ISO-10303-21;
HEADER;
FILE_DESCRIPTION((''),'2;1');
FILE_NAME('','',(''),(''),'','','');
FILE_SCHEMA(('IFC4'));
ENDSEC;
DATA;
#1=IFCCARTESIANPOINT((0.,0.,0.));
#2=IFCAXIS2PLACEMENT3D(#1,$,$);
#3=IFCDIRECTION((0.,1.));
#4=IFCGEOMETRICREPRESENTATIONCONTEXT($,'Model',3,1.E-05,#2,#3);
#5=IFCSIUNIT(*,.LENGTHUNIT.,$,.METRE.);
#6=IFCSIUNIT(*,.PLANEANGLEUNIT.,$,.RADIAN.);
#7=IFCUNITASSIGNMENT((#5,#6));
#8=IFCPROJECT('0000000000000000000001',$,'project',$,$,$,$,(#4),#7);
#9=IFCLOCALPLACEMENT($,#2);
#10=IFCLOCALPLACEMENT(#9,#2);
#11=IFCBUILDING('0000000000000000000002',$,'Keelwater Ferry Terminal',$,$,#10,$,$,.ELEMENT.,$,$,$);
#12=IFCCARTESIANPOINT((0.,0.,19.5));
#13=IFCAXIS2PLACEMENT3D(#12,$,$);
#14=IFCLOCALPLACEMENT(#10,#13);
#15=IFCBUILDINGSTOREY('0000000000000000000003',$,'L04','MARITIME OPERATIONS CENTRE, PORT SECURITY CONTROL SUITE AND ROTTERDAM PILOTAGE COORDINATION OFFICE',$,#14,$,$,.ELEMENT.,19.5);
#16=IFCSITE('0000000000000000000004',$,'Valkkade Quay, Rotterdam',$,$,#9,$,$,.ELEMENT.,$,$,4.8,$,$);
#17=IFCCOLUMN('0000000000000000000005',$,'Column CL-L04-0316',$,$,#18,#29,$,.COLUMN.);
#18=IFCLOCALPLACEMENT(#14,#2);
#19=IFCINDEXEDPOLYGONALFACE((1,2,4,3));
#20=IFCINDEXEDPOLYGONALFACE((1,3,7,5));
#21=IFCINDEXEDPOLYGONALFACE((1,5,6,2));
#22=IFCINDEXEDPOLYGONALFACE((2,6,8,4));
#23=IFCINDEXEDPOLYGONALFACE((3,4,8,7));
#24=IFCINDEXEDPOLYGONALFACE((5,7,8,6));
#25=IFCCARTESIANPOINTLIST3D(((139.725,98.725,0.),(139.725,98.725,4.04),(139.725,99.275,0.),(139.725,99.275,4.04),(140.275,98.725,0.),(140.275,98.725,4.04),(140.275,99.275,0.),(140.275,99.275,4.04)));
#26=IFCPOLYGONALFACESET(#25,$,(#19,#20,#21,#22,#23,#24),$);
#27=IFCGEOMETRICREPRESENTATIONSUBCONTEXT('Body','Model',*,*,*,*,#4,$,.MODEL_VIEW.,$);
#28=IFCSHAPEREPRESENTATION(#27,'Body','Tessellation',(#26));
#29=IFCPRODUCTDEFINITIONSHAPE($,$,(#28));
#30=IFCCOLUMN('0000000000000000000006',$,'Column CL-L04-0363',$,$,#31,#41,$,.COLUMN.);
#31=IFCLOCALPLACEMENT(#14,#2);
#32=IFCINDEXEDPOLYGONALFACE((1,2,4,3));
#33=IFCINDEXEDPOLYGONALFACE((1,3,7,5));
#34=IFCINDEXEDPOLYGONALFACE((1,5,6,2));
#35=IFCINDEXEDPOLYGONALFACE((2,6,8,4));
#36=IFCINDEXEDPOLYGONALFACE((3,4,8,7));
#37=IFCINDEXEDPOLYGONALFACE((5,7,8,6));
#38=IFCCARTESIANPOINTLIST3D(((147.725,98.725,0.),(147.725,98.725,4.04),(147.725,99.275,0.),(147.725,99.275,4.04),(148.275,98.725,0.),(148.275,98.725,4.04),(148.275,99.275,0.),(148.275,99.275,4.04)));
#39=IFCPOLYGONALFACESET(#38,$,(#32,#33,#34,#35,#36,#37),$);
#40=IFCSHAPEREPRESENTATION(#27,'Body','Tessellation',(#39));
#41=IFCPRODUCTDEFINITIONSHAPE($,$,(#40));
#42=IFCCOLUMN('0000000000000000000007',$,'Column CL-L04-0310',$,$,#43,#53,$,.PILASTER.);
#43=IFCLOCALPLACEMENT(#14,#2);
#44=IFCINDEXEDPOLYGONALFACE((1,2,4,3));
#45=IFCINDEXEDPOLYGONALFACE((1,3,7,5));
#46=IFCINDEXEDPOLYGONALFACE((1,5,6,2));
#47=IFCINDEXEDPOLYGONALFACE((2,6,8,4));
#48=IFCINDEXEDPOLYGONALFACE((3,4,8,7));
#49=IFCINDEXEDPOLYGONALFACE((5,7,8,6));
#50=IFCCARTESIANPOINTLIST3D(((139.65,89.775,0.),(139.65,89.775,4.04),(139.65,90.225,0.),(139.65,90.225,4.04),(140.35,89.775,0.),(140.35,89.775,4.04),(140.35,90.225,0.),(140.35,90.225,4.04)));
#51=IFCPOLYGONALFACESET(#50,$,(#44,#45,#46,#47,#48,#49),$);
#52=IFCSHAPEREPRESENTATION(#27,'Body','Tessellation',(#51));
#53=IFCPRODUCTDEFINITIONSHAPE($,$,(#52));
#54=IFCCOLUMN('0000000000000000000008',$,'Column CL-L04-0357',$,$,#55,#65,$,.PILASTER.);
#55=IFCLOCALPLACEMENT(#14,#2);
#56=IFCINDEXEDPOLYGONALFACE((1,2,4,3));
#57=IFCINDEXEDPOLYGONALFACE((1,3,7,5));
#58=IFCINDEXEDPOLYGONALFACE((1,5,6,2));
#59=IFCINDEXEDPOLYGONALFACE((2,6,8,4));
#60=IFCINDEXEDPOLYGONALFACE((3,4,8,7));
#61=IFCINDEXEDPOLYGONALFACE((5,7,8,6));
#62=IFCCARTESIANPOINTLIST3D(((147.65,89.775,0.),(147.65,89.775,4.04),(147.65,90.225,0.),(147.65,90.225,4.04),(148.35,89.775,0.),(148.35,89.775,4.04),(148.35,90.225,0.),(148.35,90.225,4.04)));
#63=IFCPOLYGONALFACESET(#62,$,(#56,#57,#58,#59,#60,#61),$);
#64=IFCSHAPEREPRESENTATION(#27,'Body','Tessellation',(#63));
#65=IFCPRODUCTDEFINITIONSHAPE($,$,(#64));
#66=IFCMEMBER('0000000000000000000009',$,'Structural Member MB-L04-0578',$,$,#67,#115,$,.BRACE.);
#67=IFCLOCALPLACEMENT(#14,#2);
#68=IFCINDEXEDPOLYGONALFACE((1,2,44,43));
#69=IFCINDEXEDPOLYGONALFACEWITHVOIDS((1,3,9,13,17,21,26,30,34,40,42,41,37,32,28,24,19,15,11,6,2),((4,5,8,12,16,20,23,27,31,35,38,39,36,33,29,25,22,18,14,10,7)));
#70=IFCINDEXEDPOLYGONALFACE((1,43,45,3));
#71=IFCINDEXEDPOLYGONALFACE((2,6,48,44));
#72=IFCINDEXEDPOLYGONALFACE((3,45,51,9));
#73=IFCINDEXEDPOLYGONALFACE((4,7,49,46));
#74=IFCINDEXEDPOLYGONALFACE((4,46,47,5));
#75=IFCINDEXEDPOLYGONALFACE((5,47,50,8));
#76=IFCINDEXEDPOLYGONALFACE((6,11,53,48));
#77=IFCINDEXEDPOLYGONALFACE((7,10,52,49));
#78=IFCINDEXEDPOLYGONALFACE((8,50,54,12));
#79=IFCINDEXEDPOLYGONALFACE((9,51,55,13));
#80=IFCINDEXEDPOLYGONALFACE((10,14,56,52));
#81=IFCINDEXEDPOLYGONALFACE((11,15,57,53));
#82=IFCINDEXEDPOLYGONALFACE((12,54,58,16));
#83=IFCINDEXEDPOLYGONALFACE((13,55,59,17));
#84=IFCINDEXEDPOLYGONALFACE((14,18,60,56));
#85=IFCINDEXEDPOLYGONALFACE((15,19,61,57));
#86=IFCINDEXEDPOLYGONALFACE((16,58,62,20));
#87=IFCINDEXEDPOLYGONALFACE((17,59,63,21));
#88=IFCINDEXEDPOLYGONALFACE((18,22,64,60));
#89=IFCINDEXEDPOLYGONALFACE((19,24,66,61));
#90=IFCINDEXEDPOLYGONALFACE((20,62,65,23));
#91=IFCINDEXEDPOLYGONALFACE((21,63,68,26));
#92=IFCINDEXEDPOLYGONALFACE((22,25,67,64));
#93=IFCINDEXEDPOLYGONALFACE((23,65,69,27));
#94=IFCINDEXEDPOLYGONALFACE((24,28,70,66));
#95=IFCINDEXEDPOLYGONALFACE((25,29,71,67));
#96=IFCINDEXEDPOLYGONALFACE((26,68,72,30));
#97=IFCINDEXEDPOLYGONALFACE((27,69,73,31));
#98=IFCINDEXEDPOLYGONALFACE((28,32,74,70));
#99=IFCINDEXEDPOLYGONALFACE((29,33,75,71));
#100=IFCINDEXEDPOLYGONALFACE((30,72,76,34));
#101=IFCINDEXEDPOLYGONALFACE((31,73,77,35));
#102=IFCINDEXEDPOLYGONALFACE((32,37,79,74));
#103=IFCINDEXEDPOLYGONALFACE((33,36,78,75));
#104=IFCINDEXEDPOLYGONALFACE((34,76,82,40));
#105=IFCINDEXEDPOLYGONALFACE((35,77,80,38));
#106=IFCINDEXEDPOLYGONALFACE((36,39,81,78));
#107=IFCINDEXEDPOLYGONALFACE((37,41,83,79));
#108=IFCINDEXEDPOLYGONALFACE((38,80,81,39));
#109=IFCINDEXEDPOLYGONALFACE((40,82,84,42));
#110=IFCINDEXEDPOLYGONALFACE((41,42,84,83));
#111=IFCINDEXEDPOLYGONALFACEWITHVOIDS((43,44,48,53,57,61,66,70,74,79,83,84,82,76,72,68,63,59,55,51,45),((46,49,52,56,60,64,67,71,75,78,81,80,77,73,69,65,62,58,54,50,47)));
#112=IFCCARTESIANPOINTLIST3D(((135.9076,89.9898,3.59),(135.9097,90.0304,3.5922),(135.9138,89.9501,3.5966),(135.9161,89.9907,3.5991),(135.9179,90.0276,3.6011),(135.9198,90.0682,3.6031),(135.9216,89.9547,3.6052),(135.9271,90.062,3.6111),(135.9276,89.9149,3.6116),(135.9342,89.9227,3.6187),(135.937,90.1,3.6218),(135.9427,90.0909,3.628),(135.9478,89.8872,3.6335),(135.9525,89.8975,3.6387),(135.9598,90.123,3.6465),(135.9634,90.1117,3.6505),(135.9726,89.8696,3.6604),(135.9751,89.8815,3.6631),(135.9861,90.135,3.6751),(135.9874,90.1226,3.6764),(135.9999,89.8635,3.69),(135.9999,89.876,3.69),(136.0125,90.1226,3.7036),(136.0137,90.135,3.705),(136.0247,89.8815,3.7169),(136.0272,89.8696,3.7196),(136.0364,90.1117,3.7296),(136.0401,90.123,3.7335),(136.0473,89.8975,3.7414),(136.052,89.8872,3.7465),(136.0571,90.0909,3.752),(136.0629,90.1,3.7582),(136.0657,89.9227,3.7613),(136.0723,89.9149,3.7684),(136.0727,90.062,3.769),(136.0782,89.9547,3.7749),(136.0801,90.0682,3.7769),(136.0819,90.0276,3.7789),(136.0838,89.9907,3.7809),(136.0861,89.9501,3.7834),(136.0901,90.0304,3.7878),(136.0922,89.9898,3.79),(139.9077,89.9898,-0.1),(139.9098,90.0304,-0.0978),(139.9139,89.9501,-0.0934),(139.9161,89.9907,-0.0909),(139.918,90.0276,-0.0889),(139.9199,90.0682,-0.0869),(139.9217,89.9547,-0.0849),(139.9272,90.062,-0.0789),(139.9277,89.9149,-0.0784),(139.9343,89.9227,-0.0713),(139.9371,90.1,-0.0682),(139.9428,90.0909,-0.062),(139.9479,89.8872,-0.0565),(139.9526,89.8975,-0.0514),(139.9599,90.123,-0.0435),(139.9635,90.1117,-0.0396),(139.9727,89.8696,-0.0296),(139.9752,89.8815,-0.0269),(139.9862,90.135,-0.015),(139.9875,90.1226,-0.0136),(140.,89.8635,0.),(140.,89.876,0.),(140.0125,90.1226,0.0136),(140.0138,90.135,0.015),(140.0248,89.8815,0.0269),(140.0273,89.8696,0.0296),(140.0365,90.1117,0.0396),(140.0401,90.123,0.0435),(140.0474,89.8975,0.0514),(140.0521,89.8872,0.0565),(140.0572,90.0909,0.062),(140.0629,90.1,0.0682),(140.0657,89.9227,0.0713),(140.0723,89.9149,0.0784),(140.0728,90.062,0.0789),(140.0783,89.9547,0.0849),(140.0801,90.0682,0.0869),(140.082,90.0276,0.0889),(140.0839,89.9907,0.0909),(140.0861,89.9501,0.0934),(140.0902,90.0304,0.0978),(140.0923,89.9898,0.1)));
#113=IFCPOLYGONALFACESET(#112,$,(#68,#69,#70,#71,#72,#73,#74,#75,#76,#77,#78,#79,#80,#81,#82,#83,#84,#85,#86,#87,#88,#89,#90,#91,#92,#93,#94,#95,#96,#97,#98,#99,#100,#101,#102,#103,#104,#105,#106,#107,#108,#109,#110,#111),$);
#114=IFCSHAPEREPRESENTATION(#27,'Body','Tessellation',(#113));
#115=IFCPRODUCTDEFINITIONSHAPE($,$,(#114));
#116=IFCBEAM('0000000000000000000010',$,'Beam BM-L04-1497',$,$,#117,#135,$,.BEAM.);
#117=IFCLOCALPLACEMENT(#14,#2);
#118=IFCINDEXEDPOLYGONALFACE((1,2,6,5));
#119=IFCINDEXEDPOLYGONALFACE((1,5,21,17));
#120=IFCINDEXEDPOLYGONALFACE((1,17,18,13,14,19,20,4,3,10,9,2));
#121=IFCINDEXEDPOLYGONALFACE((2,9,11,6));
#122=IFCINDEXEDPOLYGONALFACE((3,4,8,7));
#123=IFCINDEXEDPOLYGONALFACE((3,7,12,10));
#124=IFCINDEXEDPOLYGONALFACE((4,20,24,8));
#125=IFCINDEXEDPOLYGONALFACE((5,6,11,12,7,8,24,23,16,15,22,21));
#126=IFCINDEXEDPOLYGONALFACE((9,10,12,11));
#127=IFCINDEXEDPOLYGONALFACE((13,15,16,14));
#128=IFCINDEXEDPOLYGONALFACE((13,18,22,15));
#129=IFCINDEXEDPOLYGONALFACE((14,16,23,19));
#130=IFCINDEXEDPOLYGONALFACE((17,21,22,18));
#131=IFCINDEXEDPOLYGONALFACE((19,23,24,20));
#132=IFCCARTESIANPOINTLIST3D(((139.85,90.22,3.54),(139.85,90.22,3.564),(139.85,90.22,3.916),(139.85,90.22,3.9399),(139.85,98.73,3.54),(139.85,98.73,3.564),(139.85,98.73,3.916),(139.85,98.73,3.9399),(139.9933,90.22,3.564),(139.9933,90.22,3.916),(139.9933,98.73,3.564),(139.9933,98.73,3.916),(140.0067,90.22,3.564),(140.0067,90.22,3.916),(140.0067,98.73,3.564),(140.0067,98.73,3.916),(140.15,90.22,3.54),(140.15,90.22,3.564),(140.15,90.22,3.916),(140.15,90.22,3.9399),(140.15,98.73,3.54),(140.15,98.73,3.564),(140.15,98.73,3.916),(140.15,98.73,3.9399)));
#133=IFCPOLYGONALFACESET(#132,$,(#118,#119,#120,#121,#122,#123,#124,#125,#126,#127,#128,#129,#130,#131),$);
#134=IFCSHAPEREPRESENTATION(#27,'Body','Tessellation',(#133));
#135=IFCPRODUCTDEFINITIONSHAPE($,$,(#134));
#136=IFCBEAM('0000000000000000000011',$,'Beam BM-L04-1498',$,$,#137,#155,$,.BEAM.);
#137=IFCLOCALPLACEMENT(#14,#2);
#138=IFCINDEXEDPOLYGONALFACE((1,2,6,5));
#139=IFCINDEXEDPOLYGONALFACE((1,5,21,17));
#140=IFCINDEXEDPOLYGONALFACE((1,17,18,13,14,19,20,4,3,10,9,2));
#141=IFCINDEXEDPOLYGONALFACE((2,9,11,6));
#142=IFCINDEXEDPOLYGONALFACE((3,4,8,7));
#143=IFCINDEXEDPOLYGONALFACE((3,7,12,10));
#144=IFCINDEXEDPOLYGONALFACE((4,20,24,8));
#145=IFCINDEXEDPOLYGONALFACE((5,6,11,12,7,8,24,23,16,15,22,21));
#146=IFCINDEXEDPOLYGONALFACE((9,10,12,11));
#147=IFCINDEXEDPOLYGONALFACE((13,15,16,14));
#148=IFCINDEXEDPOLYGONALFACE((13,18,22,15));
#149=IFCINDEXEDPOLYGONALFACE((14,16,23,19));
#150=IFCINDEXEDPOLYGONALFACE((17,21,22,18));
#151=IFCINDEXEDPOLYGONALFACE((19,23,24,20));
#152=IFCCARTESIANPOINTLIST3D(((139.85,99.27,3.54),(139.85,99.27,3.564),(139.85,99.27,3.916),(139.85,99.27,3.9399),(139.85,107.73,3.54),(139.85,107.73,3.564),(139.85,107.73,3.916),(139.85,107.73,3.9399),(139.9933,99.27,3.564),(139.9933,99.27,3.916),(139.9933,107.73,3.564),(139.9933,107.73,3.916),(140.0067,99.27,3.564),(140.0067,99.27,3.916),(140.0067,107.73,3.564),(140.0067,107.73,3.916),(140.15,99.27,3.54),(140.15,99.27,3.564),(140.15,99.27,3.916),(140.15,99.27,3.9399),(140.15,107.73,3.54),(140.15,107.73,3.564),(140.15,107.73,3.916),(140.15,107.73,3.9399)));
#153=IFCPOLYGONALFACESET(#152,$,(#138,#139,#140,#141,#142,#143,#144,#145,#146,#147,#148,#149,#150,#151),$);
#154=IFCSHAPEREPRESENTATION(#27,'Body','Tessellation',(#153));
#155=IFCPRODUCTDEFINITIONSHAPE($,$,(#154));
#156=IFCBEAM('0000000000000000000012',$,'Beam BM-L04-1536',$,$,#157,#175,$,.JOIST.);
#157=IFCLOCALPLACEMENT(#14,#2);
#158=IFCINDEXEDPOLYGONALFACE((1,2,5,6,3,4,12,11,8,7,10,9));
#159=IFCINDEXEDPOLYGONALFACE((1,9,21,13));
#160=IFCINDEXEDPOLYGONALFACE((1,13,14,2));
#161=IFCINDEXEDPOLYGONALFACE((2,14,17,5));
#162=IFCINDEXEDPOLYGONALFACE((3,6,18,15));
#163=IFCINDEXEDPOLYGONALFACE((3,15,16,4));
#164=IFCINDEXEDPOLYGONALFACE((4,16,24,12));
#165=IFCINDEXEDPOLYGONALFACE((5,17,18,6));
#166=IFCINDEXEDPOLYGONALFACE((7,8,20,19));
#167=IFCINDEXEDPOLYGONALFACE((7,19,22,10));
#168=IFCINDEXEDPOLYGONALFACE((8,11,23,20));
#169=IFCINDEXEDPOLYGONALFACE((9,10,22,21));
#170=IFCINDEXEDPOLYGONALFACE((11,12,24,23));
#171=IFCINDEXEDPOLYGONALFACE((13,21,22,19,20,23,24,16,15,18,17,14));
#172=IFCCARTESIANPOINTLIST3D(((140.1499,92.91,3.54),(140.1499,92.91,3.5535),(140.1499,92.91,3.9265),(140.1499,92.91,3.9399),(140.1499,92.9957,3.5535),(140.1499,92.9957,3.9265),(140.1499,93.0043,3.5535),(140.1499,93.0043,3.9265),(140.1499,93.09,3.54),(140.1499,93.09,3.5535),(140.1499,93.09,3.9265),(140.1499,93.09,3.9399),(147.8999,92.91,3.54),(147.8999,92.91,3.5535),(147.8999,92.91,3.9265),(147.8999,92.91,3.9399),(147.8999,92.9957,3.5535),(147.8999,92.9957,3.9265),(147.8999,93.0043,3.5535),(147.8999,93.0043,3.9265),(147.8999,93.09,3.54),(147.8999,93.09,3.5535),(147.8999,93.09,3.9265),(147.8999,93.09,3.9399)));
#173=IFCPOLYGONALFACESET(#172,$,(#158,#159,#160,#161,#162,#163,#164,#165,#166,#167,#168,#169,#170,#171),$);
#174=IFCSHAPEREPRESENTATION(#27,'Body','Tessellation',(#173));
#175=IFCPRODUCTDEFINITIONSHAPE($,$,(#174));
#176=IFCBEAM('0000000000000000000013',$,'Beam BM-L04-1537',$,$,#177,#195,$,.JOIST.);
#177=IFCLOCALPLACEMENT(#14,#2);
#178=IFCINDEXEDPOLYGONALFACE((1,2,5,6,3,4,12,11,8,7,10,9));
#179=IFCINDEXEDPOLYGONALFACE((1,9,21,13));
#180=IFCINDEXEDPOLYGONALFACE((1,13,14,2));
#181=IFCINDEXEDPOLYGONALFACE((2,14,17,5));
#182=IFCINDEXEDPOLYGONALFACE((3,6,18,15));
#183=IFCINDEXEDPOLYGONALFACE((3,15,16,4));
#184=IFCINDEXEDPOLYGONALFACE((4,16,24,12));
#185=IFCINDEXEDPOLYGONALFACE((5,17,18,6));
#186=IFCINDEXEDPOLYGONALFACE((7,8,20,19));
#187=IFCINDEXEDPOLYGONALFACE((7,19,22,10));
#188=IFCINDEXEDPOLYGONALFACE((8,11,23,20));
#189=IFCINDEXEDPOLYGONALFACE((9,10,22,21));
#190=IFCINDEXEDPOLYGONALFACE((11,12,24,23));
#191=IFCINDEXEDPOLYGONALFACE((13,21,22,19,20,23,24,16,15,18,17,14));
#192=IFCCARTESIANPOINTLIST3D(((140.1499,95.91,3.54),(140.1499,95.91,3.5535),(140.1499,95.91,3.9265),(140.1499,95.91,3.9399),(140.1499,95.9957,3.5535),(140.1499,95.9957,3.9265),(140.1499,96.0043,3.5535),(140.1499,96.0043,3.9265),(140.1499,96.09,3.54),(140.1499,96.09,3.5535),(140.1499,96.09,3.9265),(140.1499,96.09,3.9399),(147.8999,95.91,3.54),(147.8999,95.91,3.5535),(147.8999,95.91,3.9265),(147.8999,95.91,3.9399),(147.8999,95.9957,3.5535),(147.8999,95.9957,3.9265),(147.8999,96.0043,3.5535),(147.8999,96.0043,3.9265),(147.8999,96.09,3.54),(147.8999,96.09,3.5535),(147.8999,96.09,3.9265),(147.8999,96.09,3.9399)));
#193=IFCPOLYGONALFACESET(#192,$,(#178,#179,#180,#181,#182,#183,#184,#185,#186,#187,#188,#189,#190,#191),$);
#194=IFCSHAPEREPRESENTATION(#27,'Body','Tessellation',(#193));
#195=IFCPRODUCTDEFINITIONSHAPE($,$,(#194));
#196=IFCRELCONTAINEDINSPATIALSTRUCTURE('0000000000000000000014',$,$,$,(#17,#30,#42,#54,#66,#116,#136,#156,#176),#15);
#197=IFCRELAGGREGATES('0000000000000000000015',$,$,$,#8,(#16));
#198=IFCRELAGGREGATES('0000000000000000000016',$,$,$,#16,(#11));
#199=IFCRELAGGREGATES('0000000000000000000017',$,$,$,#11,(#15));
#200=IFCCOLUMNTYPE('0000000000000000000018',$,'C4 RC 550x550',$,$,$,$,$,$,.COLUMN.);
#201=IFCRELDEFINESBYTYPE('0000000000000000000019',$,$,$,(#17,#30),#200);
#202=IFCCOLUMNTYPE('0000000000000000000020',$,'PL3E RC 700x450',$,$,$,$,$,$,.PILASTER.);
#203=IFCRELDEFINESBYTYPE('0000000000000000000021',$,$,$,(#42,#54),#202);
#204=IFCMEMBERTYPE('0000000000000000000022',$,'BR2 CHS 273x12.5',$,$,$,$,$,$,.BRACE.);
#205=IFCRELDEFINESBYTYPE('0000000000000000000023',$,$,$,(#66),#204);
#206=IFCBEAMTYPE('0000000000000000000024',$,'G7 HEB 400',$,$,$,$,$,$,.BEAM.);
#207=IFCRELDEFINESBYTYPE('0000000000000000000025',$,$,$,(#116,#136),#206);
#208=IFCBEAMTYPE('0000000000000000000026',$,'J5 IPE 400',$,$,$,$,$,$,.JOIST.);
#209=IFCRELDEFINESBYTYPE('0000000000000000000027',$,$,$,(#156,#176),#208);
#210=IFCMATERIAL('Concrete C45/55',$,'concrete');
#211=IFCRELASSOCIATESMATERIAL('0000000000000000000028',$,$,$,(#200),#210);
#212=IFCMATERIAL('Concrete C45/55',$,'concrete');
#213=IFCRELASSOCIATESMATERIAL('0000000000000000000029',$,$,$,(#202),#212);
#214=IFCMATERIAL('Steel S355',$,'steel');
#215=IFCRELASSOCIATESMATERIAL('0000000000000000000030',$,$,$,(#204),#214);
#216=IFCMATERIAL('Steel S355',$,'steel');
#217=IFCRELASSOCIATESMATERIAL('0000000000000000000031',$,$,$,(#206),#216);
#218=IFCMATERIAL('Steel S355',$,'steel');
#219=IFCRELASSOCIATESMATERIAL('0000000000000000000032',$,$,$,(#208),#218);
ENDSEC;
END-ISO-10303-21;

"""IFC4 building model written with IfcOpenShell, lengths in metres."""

from ifc_helpers import new_model, si_unit, direction, frame, origin, origin_2d, place, context, subcontext, project, spatial, rectangle, hollow_circle, i_section, extrude, material, material_profile, profile_set, type_object, element, save


model = new_model("IFC4")

# Units and contexts
model_context = context("Model", 3, precision=1e-05, world=origin(), true_north=direction((0.0, 1.0)))
body_context = subcontext(model_context, "Body", "Model", "MODEL_VIEW")
ifc_project = project(units=[si_unit("LENGTHUNIT", "METRE"), si_unit("PLANEANGLEUNIT", "RADIAN")], contexts=[model_context])

# Site, building, storey
site_placement = place(None, origin())
site = spatial("IfcSite", under=ifc_project, at=site_placement, Name="Valkkade Quay, Rotterdam", CompositionType="ELEMENT", RefElevation=4.8)
building_placement = place(site_placement, origin())
building = spatial("IfcBuilding", under=site, at=building_placement, Name="Keelwater Ferry Terminal", CompositionType="ELEMENT")
storey_placement = place(building_placement, frame((0.0, 0.0, 19.5)))
storey = spatial("IfcBuildingStorey", under=building, at=storey_placement, Name="L04", Description="MARITIME OPERATIONS CENTRE, PORT SECURITY CONTROL SUITE AND ROTTERDAM PILOTAGE COORDINATION OFFICE", CompositionType="ELEMENT", Elevation=19.5)

# Columns
ifc_material_1 = material(Name="Concrete C45/55", Category="concrete")
ifc_material_profile_1 = material_profile(ifc_material_1, rectangle(XDim=0.55, YDim=0.55, at=origin_2d()), Name="RC 550x550")
ifc_profile_set_1 = profile_set([ifc_material_profile_1], Name="Concrete C45/55")
column_type_1 = type_object("IfcColumnType", Name="C4 RC 550x550", PredefinedType="COLUMN", material=ifc_profile_set_1)
for number, where, z_axis, x_axis, name in (
    (1, (140.0, 99.0, 0.0), (0.0, 0.0, 1.0), (1.0, 0.0, 0.0), "Column CL-L04-0316"),
    (2, (148.0, 99.0, 0.0), (0.0, 0.0, 1.0), (1.0, 0.0, 0.0), "Column CL-L04-0363"),
):
    element("IfcColumn", number, at=place(storey_placement, frame(where, z_axis=z_axis, x_axis=x_axis)), inside=storey, type_object=column_type_1, Name=name, PredefinedType="COLUMN", context=body_context, shape_type="SweptSolid", body=[
        extrude(rectangle(XDim=0.55, YDim=0.55, at=origin_2d()), origin(), (0.0, 0.0, 1.0), 4.04),
    ])
ifc_material_2 = material(Name="Concrete C45/55", Category="concrete")
ifc_material_profile_2 = material_profile(ifc_material_2, rectangle(XDim=0.45, YDim=0.7, at=origin_2d()), Name="RC 700x450")
ifc_profile_set_2 = profile_set([ifc_material_profile_2], Name="Concrete C45/55")
column_type_2 = type_object("IfcColumnType", Name="PL3E RC 700x450", PredefinedType="PILASTER", material=ifc_profile_set_2)
for number, where, z_axis, x_axis, name in (
    (3, (140.0, 90.0, 0.0), (0.0, 0.0, 1.0), (0.0, 1.0, 0.0), "Column CL-L04-0310"),
    (4, (148.0, 90.0, 0.0), (0.0, 0.0, 1.0), (0.0, 1.0, 0.0), "Column CL-L04-0357"),
):
    element("IfcColumn", number, at=place(storey_placement, frame(where, z_axis=z_axis, x_axis=x_axis)), inside=storey, type_object=column_type_2, Name=name, PredefinedType="PILASTER", context=body_context, shape_type="SweptSolid", body=[
        extrude(rectangle(XDim=0.45, YDim=0.7, at=origin_2d()), origin(), (0.0, 0.0, 1.0), 4.04),
    ])

# Member
ifc_material_3 = material(Name="Steel S355", Category="steel")
ifc_material_profile_3 = material_profile(ifc_material_3, hollow_circle(Radius=0.1365, WallThickness=0.0125, at=origin_2d()), Name="CHS 273x12.5")
ifc_profile_set_3 = profile_set([ifc_material_profile_3], Name="Steel S355")
member_type = type_object("IfcMemberType", Name="BR2 CHS 273x12.5", PredefinedType="BRACE", material=ifc_profile_set_3)
member_placement = place(storey_placement, frame((140.0, 90.0, 0.0), z_axis=(-0.73502, 0.0, 0.678045), x_axis=(0.0, -1.0, 0.0)))
element("IfcMember", 5, at=member_placement, inside=storey, type_object=member_type, Name="Structural Member MB-L04-0578", PredefinedType="BRACE", context=body_context, shape_type="SweptSolid", body=[
    extrude(hollow_circle(Radius=0.1365, WallThickness=0.0125, at=origin_2d()), origin(), (0.0, 0.0, 1.0), 5.4421),
])

# Beams
ifc_material_4 = material(Name="Steel S355", Category="steel")
ifc_material_profile_4 = material_profile(ifc_material_4, i_section(OverallWidth=0.3, OverallDepth=0.3999, WebThickness=0.0134, FlangeThickness=0.0239, at=origin_2d()), Name="HEB 400")
ifc_profile_set_4 = profile_set([ifc_material_profile_4], Name="Steel S355")
beam_type_1 = type_object("IfcBeamType", Name="G7 HEB 400", PredefinedType="BEAM", material=ifc_profile_set_4)
beam_1_placement = place(storey_placement, frame((140.0, 90.22, 3.74), z_axis=(0.0, 1.0, 0.0), x_axis=(-1.0, 0.0, 0.0)))
element("IfcBeam", 6, at=beam_1_placement, inside=storey, type_object=beam_type_1, Name="Beam BM-L04-1497", PredefinedType="BEAM", context=body_context, shape_type="SweptSolid", body=[
    extrude(i_section(OverallWidth=0.3, OverallDepth=0.3999, WebThickness=0.0134, FlangeThickness=0.0239, at=origin_2d()), origin(), (0.0, 0.0, 1.0), 8.51),
])
beam_2_placement = place(storey_placement, frame((140.0, 99.27, 3.74), z_axis=(0.0, 1.0, 0.0), x_axis=(-1.0, 0.0, 0.0)))
element("IfcBeam", 7, at=beam_2_placement, inside=storey, type_object=beam_type_1, Name="Beam BM-L04-1498", PredefinedType="BEAM", context=body_context, shape_type="SweptSolid", body=[
    extrude(i_section(OverallWidth=0.3, OverallDepth=0.3999, WebThickness=0.0134, FlangeThickness=0.0239, at=origin_2d()), origin(), (0.0, 0.0, 1.0), 8.46),
])
ifc_material_5 = material(Name="Steel S355", Category="steel")
ifc_material_profile_5 = material_profile(ifc_material_5, i_section(OverallWidth=0.1799, OverallDepth=0.3999, WebThickness=0.0085, FlangeThickness=0.0134, at=origin_2d()), Name="IPE 400")
ifc_profile_set_5 = profile_set([ifc_material_profile_5], Name="Steel S355")
beam_type_2 = type_object("IfcBeamType", Name="J5 IPE 400", PredefinedType="JOIST", material=ifc_profile_set_5)
for number, where, z_axis, x_axis, name in (
    (8, (140.1499, 93.0, 3.74), (1.0, 0.0, 0.0), (0.0, 1.0, 0.0), "Beam BM-L04-1536"),
    (9, (140.1499, 96.0, 3.74), (1.0, 0.0, 0.0), (0.0, 1.0, 0.0), "Beam BM-L04-1537"),
):
    element("IfcBeam", number, at=place(storey_placement, frame(where, z_axis=z_axis, x_axis=x_axis)), inside=storey, type_object=beam_type_2, Name=name, PredefinedType="JOIST", context=body_context, shape_type="SweptSolid", body=[
        extrude(i_section(OverallWidth=0.1799, OverallDepth=0.3999, WebThickness=0.0085, FlangeThickness=0.0134, at=origin_2d()), origin(), (0.0, 0.0, 1.0), 7.75),
    ])

save(model, "model.ifc")
